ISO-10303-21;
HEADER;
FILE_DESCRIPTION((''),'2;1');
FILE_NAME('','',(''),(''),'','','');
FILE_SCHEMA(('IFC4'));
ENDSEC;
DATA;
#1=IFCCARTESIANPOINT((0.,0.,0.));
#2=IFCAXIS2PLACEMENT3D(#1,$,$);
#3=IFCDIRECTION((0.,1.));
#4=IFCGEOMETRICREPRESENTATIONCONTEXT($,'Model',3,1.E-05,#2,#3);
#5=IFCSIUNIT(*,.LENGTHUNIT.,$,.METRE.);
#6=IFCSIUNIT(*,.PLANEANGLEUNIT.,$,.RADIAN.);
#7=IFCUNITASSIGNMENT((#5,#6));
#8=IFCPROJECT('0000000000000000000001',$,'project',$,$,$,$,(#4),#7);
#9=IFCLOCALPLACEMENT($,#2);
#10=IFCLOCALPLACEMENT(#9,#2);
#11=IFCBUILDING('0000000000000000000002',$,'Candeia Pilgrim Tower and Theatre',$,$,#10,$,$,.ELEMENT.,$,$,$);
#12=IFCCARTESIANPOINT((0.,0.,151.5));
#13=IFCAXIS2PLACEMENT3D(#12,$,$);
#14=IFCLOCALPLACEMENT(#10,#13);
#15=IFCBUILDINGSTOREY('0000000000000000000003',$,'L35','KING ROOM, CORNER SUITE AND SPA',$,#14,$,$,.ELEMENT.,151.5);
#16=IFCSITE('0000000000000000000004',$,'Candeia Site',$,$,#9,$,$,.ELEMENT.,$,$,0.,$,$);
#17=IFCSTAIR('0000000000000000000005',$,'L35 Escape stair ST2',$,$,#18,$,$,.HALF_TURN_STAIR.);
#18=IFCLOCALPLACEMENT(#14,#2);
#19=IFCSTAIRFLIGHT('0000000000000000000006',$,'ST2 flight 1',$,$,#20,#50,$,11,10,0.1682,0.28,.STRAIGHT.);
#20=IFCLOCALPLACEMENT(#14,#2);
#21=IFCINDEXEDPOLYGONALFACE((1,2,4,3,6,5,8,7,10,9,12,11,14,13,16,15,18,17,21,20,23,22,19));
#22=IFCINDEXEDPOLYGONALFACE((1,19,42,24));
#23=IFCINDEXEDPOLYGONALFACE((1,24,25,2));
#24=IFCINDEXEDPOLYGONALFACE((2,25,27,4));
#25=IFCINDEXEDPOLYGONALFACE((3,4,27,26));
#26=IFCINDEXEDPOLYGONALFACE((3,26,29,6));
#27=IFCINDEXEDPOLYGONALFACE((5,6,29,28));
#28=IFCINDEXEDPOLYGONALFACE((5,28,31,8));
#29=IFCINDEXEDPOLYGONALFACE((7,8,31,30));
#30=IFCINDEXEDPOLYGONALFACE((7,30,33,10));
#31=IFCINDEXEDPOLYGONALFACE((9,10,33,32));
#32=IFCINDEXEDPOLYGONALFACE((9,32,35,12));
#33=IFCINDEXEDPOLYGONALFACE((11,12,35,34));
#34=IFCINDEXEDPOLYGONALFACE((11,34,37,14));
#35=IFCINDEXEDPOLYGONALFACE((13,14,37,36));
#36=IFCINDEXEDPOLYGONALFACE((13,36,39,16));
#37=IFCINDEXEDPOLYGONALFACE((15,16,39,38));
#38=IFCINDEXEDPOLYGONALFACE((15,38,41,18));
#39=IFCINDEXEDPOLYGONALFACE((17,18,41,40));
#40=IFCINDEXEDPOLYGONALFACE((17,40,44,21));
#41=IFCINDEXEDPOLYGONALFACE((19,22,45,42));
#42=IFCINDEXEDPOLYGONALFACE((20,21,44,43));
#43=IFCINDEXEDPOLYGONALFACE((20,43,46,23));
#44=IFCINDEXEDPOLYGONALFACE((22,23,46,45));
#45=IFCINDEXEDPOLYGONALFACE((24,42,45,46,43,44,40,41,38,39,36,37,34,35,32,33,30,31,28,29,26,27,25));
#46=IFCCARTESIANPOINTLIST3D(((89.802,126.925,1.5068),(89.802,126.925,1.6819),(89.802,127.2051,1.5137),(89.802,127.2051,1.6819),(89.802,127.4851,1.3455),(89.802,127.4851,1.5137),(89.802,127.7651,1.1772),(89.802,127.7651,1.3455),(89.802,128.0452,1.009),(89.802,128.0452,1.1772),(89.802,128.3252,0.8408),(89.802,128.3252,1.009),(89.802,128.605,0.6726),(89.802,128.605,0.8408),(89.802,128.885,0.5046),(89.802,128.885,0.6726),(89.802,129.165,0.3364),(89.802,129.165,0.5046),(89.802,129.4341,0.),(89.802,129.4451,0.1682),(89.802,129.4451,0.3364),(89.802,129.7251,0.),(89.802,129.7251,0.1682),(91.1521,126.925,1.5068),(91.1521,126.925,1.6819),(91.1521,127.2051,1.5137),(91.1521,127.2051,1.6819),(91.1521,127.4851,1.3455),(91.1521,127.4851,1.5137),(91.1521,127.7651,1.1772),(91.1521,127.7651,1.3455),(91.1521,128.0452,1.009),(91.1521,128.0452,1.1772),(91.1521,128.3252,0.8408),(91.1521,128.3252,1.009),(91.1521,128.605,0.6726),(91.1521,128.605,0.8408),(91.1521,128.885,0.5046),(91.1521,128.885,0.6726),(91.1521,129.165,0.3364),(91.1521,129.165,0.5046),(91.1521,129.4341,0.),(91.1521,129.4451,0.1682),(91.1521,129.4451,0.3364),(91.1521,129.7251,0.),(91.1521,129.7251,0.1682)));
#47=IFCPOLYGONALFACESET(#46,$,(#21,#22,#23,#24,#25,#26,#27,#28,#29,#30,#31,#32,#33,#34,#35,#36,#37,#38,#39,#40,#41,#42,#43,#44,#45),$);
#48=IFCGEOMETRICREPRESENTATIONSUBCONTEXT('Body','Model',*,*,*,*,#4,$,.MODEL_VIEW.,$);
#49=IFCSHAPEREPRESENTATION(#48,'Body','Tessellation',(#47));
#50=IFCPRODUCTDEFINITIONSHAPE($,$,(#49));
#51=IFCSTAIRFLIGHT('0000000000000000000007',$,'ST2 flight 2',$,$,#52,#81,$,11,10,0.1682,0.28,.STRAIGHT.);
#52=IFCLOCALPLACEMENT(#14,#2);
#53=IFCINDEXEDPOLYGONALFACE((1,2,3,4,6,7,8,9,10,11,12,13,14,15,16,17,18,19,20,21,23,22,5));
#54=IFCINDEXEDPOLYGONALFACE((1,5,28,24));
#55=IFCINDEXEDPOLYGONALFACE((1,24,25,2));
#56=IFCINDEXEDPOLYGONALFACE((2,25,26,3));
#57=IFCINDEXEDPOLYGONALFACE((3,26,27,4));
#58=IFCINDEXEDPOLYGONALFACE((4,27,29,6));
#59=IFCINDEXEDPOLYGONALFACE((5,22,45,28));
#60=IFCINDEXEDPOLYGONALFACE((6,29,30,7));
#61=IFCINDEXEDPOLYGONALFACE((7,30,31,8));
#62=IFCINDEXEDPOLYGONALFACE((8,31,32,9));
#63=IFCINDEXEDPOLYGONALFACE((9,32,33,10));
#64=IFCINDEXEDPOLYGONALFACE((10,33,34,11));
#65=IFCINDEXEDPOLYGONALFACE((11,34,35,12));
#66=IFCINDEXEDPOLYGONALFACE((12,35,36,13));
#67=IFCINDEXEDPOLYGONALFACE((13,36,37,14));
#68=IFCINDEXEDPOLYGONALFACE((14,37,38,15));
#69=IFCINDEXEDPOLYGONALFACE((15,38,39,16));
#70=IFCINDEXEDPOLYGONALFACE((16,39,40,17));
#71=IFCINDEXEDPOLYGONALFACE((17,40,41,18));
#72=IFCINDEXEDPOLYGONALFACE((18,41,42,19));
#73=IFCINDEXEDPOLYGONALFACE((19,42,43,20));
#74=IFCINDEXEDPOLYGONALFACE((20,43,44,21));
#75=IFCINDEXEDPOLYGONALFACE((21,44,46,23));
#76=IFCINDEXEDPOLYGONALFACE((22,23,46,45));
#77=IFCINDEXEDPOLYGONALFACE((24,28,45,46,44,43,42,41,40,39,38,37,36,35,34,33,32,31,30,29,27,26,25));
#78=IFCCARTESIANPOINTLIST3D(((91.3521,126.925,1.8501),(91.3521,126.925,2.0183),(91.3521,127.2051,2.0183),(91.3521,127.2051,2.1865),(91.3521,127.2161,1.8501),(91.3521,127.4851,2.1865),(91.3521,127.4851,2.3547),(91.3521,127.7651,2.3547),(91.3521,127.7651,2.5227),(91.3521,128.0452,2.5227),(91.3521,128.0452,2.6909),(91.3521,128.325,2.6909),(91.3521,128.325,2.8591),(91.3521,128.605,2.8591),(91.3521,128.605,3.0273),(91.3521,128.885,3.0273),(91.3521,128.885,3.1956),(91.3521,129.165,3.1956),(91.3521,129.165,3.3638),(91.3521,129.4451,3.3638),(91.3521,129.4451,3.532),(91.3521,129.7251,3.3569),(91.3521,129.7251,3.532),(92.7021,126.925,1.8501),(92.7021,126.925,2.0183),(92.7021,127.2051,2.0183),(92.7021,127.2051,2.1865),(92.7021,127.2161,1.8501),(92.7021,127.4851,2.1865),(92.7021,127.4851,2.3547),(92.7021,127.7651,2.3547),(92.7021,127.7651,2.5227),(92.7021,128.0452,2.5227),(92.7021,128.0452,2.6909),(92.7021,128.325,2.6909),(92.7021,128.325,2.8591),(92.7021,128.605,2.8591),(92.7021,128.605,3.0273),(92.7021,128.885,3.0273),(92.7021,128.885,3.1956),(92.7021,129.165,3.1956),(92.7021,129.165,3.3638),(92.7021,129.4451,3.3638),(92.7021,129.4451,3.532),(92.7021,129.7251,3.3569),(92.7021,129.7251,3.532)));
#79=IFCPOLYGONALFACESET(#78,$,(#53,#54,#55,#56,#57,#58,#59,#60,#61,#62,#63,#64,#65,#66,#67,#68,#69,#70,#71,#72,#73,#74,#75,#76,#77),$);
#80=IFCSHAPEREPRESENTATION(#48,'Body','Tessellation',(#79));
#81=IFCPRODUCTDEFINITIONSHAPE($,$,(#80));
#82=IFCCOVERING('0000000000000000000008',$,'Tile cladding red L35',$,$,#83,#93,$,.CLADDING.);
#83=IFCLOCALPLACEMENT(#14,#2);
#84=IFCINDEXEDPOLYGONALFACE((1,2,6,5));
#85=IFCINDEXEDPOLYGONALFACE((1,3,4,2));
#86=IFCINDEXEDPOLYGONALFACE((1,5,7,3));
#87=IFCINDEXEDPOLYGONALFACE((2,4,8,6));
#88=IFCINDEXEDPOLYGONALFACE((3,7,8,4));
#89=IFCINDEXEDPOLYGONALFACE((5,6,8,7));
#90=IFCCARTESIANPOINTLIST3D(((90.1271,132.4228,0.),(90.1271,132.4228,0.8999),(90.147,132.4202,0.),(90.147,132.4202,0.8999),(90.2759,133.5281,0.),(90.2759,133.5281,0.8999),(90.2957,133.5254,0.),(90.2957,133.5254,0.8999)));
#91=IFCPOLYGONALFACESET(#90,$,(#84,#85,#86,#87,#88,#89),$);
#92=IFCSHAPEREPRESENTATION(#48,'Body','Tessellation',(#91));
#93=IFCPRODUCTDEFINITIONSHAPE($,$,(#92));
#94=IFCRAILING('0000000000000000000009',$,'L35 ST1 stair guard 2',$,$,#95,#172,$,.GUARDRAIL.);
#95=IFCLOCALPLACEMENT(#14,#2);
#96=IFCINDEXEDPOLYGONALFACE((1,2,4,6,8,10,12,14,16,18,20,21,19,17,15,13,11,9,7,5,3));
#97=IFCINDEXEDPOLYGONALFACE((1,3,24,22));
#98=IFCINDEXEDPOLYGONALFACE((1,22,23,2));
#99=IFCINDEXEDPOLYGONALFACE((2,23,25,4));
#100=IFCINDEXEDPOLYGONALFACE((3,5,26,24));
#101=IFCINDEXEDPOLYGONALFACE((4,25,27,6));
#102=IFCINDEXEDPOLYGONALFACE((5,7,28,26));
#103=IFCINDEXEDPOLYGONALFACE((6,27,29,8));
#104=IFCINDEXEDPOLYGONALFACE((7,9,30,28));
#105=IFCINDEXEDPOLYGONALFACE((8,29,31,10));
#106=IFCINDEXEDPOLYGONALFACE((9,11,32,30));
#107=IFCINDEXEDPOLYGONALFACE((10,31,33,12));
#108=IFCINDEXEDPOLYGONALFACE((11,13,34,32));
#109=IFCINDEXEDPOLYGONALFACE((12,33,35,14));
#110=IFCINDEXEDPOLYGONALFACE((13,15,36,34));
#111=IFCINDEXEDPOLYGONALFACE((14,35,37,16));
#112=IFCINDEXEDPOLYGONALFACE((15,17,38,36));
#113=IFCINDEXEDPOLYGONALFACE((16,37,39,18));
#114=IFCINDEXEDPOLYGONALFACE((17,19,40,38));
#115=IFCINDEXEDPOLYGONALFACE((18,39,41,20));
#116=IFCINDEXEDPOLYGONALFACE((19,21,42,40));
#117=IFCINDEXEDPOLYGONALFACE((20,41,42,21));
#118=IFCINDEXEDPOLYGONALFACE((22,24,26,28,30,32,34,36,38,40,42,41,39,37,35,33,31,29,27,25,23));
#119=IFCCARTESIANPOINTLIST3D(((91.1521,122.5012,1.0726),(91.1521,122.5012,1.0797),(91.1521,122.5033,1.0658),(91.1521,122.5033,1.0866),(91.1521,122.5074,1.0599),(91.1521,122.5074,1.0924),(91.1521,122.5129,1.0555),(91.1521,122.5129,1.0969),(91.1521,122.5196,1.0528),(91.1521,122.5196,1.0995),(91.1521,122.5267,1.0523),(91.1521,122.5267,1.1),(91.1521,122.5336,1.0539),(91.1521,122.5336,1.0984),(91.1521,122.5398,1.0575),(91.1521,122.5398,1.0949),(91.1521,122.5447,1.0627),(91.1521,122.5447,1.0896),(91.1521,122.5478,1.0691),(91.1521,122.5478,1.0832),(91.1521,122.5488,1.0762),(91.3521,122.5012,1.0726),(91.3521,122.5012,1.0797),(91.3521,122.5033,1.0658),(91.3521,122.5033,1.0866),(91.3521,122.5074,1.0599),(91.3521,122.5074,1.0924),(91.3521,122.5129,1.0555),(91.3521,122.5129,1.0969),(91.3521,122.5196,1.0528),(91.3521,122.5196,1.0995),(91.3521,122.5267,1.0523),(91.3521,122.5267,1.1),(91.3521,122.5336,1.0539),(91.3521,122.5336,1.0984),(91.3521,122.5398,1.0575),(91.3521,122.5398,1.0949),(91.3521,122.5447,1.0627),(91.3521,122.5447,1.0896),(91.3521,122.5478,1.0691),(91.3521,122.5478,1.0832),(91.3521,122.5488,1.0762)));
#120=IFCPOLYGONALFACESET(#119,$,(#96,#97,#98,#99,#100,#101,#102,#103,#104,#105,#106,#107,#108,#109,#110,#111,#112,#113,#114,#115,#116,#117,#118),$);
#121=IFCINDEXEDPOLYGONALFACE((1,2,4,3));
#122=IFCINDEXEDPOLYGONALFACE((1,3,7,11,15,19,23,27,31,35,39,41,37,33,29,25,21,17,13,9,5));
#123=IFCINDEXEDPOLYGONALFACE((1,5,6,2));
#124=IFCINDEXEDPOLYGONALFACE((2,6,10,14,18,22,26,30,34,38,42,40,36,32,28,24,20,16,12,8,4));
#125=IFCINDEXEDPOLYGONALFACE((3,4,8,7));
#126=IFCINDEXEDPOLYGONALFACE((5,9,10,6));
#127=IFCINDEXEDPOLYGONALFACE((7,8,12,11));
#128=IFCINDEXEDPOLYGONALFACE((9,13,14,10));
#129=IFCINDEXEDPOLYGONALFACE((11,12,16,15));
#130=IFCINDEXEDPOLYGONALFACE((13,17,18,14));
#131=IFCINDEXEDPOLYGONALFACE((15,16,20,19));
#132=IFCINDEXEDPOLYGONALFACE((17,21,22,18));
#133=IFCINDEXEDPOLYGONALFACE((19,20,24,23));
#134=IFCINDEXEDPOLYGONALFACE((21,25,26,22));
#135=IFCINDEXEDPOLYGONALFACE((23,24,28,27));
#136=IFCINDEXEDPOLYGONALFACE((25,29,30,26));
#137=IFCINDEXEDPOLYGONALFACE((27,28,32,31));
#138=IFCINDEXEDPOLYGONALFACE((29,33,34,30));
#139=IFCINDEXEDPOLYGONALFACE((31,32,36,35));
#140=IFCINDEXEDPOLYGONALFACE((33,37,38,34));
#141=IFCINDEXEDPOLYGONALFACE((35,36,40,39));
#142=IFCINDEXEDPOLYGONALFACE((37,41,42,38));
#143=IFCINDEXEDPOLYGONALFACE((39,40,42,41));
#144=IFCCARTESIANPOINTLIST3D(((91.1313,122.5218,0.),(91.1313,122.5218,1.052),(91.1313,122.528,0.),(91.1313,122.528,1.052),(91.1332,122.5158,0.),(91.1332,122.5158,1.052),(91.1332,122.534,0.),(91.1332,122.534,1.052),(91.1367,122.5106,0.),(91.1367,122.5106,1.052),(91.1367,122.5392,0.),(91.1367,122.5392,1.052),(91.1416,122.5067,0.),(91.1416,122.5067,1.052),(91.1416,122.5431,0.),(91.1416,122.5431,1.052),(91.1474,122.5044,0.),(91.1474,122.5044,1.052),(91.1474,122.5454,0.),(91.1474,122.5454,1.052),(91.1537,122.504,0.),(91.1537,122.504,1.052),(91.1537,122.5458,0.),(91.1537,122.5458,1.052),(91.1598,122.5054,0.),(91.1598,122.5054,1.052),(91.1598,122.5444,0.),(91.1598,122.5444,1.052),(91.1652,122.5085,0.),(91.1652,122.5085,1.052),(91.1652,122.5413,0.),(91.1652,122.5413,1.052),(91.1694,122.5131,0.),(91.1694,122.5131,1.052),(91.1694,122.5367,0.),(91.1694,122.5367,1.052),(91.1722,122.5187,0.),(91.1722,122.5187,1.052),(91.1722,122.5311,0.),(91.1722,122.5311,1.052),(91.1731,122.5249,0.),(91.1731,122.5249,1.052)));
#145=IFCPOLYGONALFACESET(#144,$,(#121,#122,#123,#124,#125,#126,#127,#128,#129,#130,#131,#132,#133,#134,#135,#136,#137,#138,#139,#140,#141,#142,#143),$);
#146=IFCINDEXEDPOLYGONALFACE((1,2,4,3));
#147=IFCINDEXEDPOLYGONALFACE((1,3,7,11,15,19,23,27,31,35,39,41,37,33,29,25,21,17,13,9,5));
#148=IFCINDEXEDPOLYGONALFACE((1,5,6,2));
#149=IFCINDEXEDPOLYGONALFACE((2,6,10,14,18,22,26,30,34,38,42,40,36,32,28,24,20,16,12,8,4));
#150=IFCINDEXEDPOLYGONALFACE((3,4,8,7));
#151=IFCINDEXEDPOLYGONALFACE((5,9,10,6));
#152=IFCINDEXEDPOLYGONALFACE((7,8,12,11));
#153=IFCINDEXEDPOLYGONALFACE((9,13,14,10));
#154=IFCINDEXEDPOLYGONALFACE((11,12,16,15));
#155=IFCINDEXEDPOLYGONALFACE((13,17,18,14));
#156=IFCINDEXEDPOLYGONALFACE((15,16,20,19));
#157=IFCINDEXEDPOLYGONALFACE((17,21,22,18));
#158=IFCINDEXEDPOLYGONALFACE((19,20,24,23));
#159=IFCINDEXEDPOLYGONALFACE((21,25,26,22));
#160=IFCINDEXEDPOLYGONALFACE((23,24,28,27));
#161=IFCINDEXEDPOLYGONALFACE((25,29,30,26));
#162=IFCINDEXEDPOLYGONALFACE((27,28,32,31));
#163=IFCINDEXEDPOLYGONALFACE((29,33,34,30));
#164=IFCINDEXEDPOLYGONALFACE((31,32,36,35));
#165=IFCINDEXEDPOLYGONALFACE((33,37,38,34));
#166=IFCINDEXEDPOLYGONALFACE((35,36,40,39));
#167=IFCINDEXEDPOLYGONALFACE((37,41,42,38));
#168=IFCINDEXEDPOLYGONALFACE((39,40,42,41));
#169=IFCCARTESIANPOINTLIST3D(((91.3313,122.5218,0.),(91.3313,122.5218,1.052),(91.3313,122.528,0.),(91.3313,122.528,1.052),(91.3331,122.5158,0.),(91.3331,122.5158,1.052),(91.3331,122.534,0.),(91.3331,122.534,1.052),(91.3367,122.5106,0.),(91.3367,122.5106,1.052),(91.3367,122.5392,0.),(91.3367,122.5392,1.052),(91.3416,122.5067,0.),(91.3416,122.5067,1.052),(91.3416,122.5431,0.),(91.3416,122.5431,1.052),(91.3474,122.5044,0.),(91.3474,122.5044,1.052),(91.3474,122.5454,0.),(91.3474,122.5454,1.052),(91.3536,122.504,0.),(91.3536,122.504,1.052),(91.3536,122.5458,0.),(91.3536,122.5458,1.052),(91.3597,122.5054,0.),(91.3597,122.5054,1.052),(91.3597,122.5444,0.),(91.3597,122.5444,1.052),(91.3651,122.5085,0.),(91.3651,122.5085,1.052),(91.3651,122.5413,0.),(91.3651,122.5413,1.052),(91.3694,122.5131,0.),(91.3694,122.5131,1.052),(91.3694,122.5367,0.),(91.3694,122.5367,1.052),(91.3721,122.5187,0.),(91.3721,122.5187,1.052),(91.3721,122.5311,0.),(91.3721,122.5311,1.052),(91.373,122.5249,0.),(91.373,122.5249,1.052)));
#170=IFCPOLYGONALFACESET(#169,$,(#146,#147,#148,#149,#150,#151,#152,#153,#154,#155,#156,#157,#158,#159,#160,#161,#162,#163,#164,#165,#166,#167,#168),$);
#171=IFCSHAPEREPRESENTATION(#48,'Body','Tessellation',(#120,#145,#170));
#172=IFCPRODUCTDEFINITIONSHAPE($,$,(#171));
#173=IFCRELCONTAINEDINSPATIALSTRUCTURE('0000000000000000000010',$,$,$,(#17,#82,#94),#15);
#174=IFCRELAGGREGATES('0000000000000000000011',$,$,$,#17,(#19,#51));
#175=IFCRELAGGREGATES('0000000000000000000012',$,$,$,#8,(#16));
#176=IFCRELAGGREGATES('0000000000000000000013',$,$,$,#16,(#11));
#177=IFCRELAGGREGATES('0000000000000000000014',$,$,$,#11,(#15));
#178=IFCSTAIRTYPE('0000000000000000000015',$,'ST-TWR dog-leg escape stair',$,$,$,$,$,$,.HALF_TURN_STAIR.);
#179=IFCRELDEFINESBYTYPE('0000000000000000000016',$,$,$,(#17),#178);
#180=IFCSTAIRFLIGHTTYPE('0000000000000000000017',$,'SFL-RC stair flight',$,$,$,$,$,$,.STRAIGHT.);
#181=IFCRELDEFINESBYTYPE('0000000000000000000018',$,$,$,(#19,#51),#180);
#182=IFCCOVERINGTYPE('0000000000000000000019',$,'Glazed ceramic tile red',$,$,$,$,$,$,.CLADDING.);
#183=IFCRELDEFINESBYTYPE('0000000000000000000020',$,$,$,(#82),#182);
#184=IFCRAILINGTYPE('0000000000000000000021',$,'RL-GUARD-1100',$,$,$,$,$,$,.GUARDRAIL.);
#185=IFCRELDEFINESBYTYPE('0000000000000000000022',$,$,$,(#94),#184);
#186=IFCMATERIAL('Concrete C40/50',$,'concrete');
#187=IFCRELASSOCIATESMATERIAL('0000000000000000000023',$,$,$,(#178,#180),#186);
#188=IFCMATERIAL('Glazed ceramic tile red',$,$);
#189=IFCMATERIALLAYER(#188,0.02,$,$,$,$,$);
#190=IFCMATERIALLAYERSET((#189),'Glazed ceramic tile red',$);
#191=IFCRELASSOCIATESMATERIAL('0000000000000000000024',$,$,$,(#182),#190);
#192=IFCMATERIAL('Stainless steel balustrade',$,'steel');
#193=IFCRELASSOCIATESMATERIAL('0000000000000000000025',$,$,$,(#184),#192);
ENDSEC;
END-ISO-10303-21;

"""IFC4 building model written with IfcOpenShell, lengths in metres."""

from ifc_helpers import new_model, si_unit, direction, frame, origin, origin_2d, place, context, subcontext, project, spatial, polyline, rectangle, circle, outline, extrude, material, layer, layer_set, type_object, element, aggregate, save


model = new_model("IFC4")

# Units and contexts
model_context = context("Model", 3, precision=1e-05, world=origin(), true_north=direction((0.0, 1.0)))
body_context = subcontext(model_context, "Body", "Model", "MODEL_VIEW")
ifc_project = project(units=[si_unit("LENGTHUNIT", "METRE"), si_unit("PLANEANGLEUNIT", "RADIAN")], contexts=[model_context])

# Site, building, storey
site_placement = place(None, origin())
site = spatial("IfcSite", under=ifc_project, at=site_placement, Name="Candeia Site", CompositionType="ELEMENT", RefElevation=0.0)
building_placement = place(site_placement, origin())
building = spatial("IfcBuilding", under=site, at=building_placement, Name="Candeia Pilgrim Tower and Theatre", CompositionType="ELEMENT")
storey_placement = place(building_placement, frame((0.0, 0.0, 151.5)))
storey = spatial("IfcBuildingStorey", under=building, at=storey_placement, Name="L35", Description="KING ROOM, CORNER SUITE AND SPA", CompositionType="ELEMENT", Elevation=151.5)

# Shared definitions
ifc_material_1 = material(Name="Concrete C40/50", Category="concrete")

# Stair, stair flights
stair_type = type_object("IfcStairType", Name="ST-TWR dog-leg escape stair", PredefinedType="HALF_TURN_STAIR", material=ifc_material_1)
stair_flight_type = type_object("IfcStairFlightType", Name="SFL-RC stair flight", PredefinedType="STRAIGHT", material=ifc_material_1)
stair_1_placement = place(storey_placement, origin())
stair_1 = element("IfcStair", 1, at=stair_1_placement, inside=storey, type_object=stair_type, Name="L35 Escape stair ST2", PredefinedType="HALF_TURN_STAIR")
stair_flight_1_placement = place(storey_placement, frame((90.4771, 129.7251, 0.0), z_axis=(0.0, 0.0, 1.0), x_axis=(0.0, -1.0, 0.0)))
stair_flight_1 = element("IfcStairFlight", 2, at=stair_flight_1_placement, type_object=stair_flight_type, Name="ST2 flight 1", NumberOfRisers=11, NumberOfTreads=10, PredefinedType="STRAIGHT", RiserHeight=0.1682, TreadLength=0.28, context=body_context, shape_type="SweptSolid", body=[
    extrude(outline(polyline([(0.0, 0.0), (0.0, 0.1682), (0.28, 0.1682), (0.28, 0.3364), (0.5601, 0.3364), (0.5601, 0.5046), (0.8401, 0.5046), (0.8401, 0.6726), (1.1201, 0.6726), (1.1201, 0.8408), (1.3999, 0.8408), (1.3999, 1.009), (1.6799, 1.009), (1.6799, 1.1772), (1.96, 1.1772), (1.96, 1.3455), (2.24, 1.3455), (2.24, 1.5137), (2.52, 1.5137), (2.52, 1.6819), (2.8, 1.6819), (2.8, 1.8501), (2.8, 1.5068), (0.291, 0.0), (0.0, 0.0)])), frame((0.0, 0.675, 0.0), z_axis=(0.0, -1.0, 0.0), x_axis=(1.0, 0.0, 0.0)), (0.0, 0.0, 1.0), 1.3501),
])
stair_flight_2_placement = place(storey_placement, frame((92.0271, 126.925, 1.8501), z_axis=(0.0, 0.0, 1.0), x_axis=(0.0, 1.0, 0.0)))
stair_flight_2 = element("IfcStairFlight", 3, at=stair_flight_2_placement, type_object=stair_flight_type, Name="ST2 flight 2", NumberOfRisers=11, NumberOfTreads=10, PredefinedType="STRAIGHT", RiserHeight=0.1682, TreadLength=0.28, context=body_context, shape_type="SweptSolid", body=[
    extrude(outline(polyline([(0.0, 0.0), (0.0, 0.1682), (0.28, 0.1682), (0.28, 0.3364), (0.5601, 0.3364), (0.5601, 0.5046), (0.8401, 0.5046), (0.8401, 0.6726), (1.1201, 0.6726), (1.1201, 0.8408), (1.3999, 0.8408), (1.3999, 1.009), (1.6799, 1.009), (1.6799, 1.1772), (1.96, 1.1772), (1.96, 1.3455), (2.24, 1.3455), (2.24, 1.5137), (2.52, 1.5137), (2.52, 1.6819), (2.8, 1.6819), (2.8, 1.8501), (2.8, 1.5068), (0.291, 0.0), (0.0, 0.0)])), frame((0.0, 0.675, 0.0), z_axis=(0.0, -1.0, 0.0), x_axis=(1.0, 0.0, 0.0)), (0.0, 0.0, 1.0), 1.3501),
])
aggregate(stair_1, [stair_flight_1, stair_flight_2])

# Shared definitions
ifc_material_2 = material(Name="Stainless steel balustrade", Category="steel")

# Covering
ifc_material_3 = material(Name="Glazed ceramic tile red")
ifc_layer_1 = layer(ifc_material_3, 0.02)
ifc_layer_set_1 = layer_set([ifc_layer_1], Name="Glazed ceramic tile red")
covering_type = type_object("IfcCoveringType", Name="Glazed ceramic tile red", PredefinedType="CLADDING", material=ifc_layer_set_1)
covering_placement = place(storey_placement, frame((90.2114, 132.9741, 0.0), z_axis=(0.0, 0.0, 1.0), x_axis=(-0.133412, -0.991061, 0.0)))
element("IfcCovering", 4, at=covering_placement, inside=storey, type_object=covering_type, Name="Tile cladding red L35", PredefinedType="CLADDING", context=body_context, shape_type="SweptSolid", body=[
    extrude(rectangle(XDim=1.1152, YDim=0.02, at=origin_2d()), origin(), (0.0, 0.0, 1.0), 0.8999),
])

# Railing
railing_type_1 = type_object("IfcRailingType", Name="RL-GUARD-1100", PredefinedType="GUARDRAIL", material=ifc_material_2)
railing_1_placement = place(storey_placement, frame((91.1521, 122.5249, 0.0)))
element("IfcRailing", 5, at=railing_1_placement, inside=storey, type_object=railing_type_1, Name="L35 ST1 stair guard 2", PredefinedType="GUARDRAIL", context=body_context, shape_type="SweptSolid", body=[
    extrude(circle(Radius=0.0239, at=origin_2d()), frame((0.0, 0.0, 1.0762), z_axis=(1.0, 0.0, 0.0), x_axis=(0.0, 1.0, 0.0)), (0.0, 0.0, 1.0), 0.2),
    extrude(circle(Radius=0.021, at=origin_2d()), origin(), (0.0, 0.0, 1.0), 1.052),
    extrude(circle(Radius=0.021, at=origin_2d()), frame((0.2, 0.0, 0.0)), (0.0, 0.0, 1.0), 1.052),
])

save(model, "model.ifc")
